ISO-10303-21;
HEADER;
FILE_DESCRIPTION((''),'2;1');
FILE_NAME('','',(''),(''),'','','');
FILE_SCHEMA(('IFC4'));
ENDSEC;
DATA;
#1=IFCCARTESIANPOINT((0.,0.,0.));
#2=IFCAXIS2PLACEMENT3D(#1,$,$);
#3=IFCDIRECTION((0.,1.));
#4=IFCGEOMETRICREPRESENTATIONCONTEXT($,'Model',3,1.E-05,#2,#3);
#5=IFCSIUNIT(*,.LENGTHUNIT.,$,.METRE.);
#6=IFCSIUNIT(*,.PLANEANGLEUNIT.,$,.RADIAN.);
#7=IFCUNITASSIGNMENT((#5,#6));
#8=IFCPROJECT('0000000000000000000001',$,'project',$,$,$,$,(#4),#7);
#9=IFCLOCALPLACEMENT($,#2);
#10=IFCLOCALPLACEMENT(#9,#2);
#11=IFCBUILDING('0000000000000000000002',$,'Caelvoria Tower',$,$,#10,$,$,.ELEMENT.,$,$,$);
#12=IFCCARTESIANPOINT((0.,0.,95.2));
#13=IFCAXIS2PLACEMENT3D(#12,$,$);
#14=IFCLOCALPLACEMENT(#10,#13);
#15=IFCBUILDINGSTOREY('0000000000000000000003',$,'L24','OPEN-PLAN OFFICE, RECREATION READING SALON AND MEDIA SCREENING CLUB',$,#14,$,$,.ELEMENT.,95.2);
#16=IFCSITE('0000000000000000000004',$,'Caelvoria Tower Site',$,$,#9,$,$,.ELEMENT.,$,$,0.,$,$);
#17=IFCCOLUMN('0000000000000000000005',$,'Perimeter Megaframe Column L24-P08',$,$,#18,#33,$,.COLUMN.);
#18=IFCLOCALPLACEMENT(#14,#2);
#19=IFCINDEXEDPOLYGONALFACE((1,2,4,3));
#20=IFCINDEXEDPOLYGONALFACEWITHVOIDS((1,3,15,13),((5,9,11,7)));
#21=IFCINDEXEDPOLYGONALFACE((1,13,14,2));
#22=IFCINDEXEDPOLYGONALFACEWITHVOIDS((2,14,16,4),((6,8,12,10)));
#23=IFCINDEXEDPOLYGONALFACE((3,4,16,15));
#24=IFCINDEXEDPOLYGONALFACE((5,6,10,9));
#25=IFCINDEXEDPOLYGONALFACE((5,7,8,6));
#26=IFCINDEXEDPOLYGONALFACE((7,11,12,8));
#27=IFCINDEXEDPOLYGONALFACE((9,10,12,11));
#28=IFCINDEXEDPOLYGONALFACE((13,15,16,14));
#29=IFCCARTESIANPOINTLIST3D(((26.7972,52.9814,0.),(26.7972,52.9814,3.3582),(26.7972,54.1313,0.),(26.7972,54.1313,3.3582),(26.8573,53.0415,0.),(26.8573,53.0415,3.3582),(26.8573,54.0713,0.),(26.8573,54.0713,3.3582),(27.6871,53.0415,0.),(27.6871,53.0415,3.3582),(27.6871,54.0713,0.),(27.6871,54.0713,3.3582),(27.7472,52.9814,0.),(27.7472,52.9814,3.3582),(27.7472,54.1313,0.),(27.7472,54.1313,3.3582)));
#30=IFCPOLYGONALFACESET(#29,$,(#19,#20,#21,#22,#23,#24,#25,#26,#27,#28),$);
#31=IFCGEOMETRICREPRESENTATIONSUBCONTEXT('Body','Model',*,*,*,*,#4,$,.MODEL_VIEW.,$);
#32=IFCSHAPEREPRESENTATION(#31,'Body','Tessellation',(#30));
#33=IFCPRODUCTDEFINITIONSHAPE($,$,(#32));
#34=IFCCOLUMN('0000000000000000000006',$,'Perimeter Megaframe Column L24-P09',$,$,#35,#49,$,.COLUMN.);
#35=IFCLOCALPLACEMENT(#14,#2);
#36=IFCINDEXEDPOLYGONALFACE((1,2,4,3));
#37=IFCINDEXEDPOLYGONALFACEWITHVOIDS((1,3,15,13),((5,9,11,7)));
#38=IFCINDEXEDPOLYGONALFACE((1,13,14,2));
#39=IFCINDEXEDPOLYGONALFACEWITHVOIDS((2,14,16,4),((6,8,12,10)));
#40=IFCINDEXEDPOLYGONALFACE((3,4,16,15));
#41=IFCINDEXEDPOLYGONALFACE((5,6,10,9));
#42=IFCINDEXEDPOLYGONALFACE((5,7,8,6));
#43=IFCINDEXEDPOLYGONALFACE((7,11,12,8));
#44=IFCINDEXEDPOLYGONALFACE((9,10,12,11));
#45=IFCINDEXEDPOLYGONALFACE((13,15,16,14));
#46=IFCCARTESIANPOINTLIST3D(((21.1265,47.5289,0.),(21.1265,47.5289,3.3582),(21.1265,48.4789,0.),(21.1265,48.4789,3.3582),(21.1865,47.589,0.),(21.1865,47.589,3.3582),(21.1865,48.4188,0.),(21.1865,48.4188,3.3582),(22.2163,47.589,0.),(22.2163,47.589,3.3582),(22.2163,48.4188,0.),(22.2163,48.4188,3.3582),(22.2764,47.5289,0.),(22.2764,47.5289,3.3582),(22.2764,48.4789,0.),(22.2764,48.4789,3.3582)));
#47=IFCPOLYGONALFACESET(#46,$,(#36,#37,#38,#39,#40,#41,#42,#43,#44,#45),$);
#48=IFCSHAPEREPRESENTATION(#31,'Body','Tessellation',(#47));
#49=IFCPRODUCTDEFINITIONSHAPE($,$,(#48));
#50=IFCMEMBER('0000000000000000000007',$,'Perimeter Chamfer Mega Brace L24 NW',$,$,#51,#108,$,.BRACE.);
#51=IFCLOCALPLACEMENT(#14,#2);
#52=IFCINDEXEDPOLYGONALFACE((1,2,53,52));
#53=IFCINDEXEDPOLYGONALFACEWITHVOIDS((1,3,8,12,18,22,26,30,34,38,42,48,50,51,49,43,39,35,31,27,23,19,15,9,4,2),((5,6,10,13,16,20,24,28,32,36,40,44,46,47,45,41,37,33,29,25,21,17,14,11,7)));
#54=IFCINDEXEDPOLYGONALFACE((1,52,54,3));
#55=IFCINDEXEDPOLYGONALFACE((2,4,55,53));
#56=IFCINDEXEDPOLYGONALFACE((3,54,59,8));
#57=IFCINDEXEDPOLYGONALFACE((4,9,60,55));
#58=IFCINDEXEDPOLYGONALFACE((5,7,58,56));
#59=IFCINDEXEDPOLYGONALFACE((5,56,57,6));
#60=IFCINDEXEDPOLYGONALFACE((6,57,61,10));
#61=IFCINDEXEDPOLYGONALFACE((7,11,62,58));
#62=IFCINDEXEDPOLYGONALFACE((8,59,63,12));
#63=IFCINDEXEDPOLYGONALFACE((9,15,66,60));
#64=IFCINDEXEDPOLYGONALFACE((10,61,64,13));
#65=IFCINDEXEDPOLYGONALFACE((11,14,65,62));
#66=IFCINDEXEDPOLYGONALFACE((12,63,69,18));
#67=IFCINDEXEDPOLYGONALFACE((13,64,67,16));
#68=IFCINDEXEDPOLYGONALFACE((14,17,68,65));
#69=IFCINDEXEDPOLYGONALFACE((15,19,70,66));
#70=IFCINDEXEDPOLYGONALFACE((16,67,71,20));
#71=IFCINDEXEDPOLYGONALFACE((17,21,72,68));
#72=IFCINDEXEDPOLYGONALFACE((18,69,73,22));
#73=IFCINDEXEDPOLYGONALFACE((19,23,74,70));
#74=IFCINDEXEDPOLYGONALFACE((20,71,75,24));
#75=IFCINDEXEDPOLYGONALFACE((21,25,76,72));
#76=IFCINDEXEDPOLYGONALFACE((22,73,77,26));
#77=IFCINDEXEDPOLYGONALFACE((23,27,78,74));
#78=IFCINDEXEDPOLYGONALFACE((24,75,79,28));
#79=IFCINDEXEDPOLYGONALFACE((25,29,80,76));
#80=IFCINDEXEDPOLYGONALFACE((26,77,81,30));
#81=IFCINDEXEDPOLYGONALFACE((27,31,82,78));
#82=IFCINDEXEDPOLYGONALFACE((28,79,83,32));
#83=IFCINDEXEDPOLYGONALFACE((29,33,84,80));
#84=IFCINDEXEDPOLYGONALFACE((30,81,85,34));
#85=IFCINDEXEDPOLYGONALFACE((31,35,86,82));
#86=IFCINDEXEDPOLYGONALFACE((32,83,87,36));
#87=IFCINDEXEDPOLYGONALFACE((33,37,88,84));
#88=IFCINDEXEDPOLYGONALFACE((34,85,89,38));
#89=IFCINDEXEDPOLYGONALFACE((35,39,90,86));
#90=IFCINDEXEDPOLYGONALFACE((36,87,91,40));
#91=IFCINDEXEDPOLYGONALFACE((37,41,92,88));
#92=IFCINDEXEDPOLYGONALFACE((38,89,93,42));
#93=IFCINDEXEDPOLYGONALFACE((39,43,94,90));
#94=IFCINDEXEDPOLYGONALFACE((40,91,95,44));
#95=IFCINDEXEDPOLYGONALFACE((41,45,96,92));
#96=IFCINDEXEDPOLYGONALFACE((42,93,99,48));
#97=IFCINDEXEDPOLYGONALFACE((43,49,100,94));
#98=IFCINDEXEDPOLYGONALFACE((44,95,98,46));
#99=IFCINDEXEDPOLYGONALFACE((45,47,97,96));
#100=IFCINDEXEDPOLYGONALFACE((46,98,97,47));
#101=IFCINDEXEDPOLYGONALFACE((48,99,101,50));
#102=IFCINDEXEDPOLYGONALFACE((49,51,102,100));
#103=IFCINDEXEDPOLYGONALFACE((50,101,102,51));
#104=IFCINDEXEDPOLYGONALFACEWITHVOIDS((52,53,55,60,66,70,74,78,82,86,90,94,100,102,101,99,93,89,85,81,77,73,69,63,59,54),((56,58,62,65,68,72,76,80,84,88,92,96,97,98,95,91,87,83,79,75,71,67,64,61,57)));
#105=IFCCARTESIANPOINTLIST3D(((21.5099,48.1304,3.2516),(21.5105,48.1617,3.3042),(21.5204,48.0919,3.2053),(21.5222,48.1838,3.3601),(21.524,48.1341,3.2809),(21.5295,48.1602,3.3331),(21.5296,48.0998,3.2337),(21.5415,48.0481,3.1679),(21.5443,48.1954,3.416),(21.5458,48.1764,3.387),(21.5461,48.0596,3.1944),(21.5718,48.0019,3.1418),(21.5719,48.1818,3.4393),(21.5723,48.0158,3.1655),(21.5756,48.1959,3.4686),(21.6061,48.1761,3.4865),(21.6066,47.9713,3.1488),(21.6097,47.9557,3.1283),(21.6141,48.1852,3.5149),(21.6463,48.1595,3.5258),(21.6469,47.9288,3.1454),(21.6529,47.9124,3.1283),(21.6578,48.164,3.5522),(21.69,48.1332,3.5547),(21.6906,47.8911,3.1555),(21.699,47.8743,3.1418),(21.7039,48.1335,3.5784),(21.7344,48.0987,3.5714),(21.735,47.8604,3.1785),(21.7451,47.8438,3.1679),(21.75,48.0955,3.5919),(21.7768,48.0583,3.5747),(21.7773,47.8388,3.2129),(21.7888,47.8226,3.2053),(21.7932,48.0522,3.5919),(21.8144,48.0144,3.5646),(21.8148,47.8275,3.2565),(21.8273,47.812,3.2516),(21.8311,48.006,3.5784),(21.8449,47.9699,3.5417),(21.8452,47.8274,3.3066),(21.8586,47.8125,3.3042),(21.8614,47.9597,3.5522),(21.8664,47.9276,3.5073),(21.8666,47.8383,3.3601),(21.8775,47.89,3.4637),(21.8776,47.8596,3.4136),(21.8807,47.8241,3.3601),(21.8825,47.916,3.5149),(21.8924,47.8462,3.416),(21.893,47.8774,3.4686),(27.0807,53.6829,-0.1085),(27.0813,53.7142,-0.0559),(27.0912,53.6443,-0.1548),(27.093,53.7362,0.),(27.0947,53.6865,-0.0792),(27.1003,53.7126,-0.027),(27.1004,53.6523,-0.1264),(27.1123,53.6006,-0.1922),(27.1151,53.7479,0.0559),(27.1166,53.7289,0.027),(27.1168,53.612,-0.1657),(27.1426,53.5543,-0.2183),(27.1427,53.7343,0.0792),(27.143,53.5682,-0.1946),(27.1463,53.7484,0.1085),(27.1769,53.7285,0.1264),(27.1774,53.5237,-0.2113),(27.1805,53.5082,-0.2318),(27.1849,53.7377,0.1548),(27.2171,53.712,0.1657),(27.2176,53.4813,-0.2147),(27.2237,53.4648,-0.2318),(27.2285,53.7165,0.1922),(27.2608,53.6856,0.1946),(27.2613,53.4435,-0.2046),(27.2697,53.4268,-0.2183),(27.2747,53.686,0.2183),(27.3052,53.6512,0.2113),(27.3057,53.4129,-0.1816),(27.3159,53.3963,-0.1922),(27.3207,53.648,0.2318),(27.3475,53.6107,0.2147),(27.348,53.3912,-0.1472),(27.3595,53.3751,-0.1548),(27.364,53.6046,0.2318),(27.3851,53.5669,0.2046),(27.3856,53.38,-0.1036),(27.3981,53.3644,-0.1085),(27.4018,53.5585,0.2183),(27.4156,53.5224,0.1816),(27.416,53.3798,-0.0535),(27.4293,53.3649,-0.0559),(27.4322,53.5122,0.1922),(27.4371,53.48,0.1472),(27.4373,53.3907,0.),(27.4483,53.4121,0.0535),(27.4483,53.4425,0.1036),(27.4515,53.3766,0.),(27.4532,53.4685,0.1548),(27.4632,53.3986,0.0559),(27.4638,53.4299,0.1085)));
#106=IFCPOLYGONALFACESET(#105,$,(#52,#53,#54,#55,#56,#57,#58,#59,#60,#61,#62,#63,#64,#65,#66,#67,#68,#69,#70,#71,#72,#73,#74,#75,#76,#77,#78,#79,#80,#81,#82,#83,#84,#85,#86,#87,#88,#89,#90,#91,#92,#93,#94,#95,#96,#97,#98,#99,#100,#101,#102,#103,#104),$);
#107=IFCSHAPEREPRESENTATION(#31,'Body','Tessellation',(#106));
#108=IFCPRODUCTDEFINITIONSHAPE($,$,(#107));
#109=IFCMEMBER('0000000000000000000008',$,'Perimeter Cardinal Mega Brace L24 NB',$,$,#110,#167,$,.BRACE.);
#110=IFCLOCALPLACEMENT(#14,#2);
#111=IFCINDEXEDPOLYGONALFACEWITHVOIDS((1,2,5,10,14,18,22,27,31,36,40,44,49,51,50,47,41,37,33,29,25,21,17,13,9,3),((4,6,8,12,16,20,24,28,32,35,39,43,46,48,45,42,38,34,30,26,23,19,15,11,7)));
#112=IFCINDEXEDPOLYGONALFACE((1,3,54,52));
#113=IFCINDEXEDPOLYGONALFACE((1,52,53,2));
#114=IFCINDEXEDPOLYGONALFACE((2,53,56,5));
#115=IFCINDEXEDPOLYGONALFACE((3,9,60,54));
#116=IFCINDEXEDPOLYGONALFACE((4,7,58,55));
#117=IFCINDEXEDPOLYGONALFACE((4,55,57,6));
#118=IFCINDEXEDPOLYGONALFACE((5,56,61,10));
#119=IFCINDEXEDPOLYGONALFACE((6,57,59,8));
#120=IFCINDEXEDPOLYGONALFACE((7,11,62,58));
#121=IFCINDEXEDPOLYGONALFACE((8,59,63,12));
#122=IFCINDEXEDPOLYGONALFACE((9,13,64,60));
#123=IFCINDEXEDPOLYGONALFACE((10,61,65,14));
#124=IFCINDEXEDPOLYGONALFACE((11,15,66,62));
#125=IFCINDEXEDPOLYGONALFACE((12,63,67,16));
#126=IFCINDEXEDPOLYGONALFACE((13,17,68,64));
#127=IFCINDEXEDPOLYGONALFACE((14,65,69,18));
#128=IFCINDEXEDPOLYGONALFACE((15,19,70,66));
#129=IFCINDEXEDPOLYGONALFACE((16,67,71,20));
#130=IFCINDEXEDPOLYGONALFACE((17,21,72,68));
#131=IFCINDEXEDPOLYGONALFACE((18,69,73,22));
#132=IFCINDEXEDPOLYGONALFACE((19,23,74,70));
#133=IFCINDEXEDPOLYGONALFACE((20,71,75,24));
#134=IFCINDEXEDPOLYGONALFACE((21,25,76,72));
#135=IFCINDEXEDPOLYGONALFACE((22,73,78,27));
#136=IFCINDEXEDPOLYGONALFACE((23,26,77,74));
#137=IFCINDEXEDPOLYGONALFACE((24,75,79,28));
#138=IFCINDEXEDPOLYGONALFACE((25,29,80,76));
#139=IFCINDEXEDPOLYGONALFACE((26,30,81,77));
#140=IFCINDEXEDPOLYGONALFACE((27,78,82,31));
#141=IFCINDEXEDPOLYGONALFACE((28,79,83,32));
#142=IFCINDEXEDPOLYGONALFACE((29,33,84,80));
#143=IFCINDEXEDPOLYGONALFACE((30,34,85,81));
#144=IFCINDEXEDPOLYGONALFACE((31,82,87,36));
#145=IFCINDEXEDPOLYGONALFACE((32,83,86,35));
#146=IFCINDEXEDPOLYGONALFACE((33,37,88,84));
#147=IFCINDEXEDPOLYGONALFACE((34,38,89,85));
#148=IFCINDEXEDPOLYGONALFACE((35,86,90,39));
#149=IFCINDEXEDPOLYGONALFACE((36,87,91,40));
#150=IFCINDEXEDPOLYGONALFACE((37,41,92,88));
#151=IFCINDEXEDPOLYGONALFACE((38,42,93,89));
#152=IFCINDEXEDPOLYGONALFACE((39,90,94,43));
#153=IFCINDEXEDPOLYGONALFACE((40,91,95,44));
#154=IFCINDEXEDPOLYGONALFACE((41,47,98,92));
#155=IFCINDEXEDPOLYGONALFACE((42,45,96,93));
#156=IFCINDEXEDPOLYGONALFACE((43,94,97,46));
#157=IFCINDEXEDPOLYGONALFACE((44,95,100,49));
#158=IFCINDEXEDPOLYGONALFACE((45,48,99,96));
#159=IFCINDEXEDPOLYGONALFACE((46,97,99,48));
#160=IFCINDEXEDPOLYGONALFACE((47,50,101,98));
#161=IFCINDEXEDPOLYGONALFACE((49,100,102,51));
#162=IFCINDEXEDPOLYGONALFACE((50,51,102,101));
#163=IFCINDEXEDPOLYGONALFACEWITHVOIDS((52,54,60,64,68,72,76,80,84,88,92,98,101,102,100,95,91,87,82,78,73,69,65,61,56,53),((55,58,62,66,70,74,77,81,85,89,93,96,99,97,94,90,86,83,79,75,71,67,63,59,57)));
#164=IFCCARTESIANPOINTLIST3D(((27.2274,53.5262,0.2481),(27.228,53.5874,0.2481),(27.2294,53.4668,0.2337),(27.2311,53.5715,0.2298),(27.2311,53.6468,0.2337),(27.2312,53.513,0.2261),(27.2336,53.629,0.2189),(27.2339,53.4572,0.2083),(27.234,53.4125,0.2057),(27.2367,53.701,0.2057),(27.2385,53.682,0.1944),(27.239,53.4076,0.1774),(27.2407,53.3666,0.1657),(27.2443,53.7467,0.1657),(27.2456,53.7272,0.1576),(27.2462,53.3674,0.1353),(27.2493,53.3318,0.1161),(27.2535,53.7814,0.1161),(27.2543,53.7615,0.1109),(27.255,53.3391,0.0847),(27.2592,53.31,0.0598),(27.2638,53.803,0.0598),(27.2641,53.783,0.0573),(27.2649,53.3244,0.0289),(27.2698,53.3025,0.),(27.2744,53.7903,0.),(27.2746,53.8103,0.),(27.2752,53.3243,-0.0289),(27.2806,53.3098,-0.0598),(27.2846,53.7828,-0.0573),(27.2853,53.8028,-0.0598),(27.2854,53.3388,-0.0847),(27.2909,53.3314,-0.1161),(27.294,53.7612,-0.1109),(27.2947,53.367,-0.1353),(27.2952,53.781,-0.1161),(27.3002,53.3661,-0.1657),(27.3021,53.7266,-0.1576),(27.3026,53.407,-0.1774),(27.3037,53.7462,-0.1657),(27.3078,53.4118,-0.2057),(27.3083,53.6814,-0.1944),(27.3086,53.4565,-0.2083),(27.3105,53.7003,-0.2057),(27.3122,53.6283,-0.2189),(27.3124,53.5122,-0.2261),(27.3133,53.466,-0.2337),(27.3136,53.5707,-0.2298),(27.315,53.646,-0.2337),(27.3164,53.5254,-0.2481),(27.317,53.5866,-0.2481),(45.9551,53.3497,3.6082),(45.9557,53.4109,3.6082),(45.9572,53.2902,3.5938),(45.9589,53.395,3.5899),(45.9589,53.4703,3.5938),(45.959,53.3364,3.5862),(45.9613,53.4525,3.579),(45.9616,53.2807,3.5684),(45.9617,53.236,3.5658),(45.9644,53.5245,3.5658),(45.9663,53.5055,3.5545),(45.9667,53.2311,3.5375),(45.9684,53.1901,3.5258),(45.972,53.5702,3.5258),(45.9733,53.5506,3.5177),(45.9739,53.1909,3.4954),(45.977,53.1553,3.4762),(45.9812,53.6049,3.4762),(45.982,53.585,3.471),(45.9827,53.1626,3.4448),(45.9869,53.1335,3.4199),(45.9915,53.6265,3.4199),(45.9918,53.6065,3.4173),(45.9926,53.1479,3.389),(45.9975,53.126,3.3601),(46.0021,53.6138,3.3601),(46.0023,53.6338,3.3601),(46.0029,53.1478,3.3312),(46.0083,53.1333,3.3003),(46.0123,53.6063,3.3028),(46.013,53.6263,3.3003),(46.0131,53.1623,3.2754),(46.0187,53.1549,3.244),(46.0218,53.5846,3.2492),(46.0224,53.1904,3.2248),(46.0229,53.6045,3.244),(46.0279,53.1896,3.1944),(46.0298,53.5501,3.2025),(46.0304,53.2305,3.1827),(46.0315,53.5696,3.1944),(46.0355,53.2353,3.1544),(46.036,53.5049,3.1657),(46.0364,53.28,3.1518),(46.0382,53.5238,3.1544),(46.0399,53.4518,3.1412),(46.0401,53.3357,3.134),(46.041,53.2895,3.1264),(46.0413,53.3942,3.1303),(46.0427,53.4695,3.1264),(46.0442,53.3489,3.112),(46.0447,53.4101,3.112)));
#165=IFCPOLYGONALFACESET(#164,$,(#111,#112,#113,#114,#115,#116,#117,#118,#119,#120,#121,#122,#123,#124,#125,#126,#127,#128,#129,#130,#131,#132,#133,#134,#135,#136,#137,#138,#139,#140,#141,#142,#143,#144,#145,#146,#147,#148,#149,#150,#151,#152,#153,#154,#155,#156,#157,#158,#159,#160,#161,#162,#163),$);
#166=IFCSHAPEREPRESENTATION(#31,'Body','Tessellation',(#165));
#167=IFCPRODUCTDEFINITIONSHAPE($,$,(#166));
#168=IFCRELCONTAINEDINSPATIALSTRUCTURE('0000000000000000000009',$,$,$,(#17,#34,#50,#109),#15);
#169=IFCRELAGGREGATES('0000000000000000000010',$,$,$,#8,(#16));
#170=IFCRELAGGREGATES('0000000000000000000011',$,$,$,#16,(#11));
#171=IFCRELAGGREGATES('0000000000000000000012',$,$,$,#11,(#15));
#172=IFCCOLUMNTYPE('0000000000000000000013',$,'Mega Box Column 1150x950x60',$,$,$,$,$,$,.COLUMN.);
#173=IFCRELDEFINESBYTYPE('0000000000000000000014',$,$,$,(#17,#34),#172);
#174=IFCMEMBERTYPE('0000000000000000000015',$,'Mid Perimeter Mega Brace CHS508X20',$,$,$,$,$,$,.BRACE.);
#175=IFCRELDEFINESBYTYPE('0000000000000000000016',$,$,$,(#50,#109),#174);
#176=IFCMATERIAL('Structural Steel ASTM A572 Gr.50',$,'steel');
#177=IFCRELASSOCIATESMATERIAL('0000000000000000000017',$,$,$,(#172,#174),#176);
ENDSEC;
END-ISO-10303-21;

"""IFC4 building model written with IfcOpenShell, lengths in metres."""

from ifc_helpers import new_model, si_unit, direction, frame, origin, origin_2d, place, context, subcontext, project, spatial, hollow_rectangle, hollow_circle, extrude, material, material_profile, profile_set, type_object, element, save


model = new_model("IFC4")

# Units and contexts
model_context = context("Model", 3, precision=1e-05, world=origin(), true_north=direction((0.0, 1.0)))
body_context = subcontext(model_context, "Body", "Model", "MODEL_VIEW")
ifc_project = project(units=[si_unit("LENGTHUNIT", "METRE"), si_unit("PLANEANGLEUNIT", "RADIAN")], contexts=[model_context])

# Site, building, storey
site_placement = place(None, origin())
site = spatial("IfcSite", under=ifc_project, at=site_placement, Name="Caelvoria Tower Site", CompositionType="ELEMENT", RefElevation=0.0)
building_placement = place(site_placement, origin())
building = spatial("IfcBuilding", under=site, at=building_placement, Name="Caelvoria Tower", CompositionType="ELEMENT")
storey_placement = place(building_placement, frame((0.0, 0.0, 95.2)))
storey = spatial("IfcBuildingStorey", under=building, at=storey_placement, Name="L24", Description="OPEN-PLAN OFFICE, RECREATION READING SALON AND MEDIA SCREENING CLUB", CompositionType="ELEMENT", Elevation=95.2)

# Columns
ifc_material_1 = material(Name="Structural Steel ASTM A572 Gr.50", Category="steel")
ifc_material_profile_1 = material_profile(ifc_material_1, hollow_rectangle(XDim=0.95, YDim=1.1499, WallThickness=0.0601, at=origin_2d()), Name="Structural Steel ASTM A572 Gr.50")
ifc_profile_set_1 = profile_set([ifc_material_profile_1], Name="BOX1150X950X60 - Structural Steel ASTM A572 Gr.50")
column_type = type_object("IfcColumnType", Name="Mega Box Column 1150x950x60", PredefinedType="COLUMN", material=ifc_profile_set_1)
for number, where, z_axis, x_axis, name in (
    (1, (27.2722, 53.5564, 0.0), (0.0, 0.0, 1.0), (1.0, 0.0, 0.0), "Perimeter Megaframe Column L24-P08"),
    (2, (21.7014, 48.0039, 0.0), (0.0, 0.0, 1.0), (0.0, 1.0, 0.0), "Perimeter Megaframe Column L24-P09"),
):
    element("IfcColumn", number, at=place(storey_placement, frame(where, z_axis=z_axis, x_axis=x_axis)), inside=storey, type_object=column_type, Name=name, PredefinedType="COLUMN", context=body_context, shape_type="SweptSolid", body=[
        extrude(hollow_rectangle(XDim=0.95, YDim=1.1499, WallThickness=0.0601, at=origin_2d()), origin(), (0.0, 0.0, 1.0), 3.3582),
    ])

# Members
ifc_material_profile_2 = material_profile(ifc_material_1, hollow_circle(Radius=0.2539, WallThickness=0.02, at=origin_2d()), Name="Structural Steel ASTM A572 Gr.50")
ifc_profile_set_2 = profile_set([ifc_material_profile_2], Name="CHS508X20 - Structural Steel ASTM A572 Gr.50")
member_type = type_object("IfcMemberType", Name="Mid Perimeter Mega Brace CHS508X20", PredefinedType="BRACE", material=ifc_profile_set_2)
member_1_placement = place(storey_placement, frame((27.2722, 53.5564, 0.0), z_axis=(-0.651325, -0.649184, 0.392856), x_axis=(0.705942, -0.70827, 0.0)))
element("IfcMember", 3, at=member_1_placement, inside=storey, type_object=member_type, Name="Perimeter Chamfer Mega Brace L24 NW", PredefinedType="BRACE", context=body_context, shape_type="SweptSolid", body=[
    extrude(hollow_circle(Radius=0.2539, WallThickness=0.02, at=origin_2d()), origin(), (0.0, 0.0, 1.0), 8.553),
])
member_2_placement = place(storey_placement, frame((27.2722, 53.5564, 0.0), z_axis=(0.984241, -0.009277, 0.176591), x_axis=(0.009425, 0.999956, 0.0)))
element("IfcMember", 4, at=member_2_placement, inside=storey, type_object=member_type, Name="Perimeter Cardinal Mega Brace L24 NB", PredefinedType="BRACE", context=body_context, shape_type="SweptSolid", body=[
    extrude(hollow_circle(Radius=0.2539, WallThickness=0.02, at=origin_2d()), origin(), (0.0, 0.0, 1.0), 19.0276),
])

save(model, "model.ifc")
